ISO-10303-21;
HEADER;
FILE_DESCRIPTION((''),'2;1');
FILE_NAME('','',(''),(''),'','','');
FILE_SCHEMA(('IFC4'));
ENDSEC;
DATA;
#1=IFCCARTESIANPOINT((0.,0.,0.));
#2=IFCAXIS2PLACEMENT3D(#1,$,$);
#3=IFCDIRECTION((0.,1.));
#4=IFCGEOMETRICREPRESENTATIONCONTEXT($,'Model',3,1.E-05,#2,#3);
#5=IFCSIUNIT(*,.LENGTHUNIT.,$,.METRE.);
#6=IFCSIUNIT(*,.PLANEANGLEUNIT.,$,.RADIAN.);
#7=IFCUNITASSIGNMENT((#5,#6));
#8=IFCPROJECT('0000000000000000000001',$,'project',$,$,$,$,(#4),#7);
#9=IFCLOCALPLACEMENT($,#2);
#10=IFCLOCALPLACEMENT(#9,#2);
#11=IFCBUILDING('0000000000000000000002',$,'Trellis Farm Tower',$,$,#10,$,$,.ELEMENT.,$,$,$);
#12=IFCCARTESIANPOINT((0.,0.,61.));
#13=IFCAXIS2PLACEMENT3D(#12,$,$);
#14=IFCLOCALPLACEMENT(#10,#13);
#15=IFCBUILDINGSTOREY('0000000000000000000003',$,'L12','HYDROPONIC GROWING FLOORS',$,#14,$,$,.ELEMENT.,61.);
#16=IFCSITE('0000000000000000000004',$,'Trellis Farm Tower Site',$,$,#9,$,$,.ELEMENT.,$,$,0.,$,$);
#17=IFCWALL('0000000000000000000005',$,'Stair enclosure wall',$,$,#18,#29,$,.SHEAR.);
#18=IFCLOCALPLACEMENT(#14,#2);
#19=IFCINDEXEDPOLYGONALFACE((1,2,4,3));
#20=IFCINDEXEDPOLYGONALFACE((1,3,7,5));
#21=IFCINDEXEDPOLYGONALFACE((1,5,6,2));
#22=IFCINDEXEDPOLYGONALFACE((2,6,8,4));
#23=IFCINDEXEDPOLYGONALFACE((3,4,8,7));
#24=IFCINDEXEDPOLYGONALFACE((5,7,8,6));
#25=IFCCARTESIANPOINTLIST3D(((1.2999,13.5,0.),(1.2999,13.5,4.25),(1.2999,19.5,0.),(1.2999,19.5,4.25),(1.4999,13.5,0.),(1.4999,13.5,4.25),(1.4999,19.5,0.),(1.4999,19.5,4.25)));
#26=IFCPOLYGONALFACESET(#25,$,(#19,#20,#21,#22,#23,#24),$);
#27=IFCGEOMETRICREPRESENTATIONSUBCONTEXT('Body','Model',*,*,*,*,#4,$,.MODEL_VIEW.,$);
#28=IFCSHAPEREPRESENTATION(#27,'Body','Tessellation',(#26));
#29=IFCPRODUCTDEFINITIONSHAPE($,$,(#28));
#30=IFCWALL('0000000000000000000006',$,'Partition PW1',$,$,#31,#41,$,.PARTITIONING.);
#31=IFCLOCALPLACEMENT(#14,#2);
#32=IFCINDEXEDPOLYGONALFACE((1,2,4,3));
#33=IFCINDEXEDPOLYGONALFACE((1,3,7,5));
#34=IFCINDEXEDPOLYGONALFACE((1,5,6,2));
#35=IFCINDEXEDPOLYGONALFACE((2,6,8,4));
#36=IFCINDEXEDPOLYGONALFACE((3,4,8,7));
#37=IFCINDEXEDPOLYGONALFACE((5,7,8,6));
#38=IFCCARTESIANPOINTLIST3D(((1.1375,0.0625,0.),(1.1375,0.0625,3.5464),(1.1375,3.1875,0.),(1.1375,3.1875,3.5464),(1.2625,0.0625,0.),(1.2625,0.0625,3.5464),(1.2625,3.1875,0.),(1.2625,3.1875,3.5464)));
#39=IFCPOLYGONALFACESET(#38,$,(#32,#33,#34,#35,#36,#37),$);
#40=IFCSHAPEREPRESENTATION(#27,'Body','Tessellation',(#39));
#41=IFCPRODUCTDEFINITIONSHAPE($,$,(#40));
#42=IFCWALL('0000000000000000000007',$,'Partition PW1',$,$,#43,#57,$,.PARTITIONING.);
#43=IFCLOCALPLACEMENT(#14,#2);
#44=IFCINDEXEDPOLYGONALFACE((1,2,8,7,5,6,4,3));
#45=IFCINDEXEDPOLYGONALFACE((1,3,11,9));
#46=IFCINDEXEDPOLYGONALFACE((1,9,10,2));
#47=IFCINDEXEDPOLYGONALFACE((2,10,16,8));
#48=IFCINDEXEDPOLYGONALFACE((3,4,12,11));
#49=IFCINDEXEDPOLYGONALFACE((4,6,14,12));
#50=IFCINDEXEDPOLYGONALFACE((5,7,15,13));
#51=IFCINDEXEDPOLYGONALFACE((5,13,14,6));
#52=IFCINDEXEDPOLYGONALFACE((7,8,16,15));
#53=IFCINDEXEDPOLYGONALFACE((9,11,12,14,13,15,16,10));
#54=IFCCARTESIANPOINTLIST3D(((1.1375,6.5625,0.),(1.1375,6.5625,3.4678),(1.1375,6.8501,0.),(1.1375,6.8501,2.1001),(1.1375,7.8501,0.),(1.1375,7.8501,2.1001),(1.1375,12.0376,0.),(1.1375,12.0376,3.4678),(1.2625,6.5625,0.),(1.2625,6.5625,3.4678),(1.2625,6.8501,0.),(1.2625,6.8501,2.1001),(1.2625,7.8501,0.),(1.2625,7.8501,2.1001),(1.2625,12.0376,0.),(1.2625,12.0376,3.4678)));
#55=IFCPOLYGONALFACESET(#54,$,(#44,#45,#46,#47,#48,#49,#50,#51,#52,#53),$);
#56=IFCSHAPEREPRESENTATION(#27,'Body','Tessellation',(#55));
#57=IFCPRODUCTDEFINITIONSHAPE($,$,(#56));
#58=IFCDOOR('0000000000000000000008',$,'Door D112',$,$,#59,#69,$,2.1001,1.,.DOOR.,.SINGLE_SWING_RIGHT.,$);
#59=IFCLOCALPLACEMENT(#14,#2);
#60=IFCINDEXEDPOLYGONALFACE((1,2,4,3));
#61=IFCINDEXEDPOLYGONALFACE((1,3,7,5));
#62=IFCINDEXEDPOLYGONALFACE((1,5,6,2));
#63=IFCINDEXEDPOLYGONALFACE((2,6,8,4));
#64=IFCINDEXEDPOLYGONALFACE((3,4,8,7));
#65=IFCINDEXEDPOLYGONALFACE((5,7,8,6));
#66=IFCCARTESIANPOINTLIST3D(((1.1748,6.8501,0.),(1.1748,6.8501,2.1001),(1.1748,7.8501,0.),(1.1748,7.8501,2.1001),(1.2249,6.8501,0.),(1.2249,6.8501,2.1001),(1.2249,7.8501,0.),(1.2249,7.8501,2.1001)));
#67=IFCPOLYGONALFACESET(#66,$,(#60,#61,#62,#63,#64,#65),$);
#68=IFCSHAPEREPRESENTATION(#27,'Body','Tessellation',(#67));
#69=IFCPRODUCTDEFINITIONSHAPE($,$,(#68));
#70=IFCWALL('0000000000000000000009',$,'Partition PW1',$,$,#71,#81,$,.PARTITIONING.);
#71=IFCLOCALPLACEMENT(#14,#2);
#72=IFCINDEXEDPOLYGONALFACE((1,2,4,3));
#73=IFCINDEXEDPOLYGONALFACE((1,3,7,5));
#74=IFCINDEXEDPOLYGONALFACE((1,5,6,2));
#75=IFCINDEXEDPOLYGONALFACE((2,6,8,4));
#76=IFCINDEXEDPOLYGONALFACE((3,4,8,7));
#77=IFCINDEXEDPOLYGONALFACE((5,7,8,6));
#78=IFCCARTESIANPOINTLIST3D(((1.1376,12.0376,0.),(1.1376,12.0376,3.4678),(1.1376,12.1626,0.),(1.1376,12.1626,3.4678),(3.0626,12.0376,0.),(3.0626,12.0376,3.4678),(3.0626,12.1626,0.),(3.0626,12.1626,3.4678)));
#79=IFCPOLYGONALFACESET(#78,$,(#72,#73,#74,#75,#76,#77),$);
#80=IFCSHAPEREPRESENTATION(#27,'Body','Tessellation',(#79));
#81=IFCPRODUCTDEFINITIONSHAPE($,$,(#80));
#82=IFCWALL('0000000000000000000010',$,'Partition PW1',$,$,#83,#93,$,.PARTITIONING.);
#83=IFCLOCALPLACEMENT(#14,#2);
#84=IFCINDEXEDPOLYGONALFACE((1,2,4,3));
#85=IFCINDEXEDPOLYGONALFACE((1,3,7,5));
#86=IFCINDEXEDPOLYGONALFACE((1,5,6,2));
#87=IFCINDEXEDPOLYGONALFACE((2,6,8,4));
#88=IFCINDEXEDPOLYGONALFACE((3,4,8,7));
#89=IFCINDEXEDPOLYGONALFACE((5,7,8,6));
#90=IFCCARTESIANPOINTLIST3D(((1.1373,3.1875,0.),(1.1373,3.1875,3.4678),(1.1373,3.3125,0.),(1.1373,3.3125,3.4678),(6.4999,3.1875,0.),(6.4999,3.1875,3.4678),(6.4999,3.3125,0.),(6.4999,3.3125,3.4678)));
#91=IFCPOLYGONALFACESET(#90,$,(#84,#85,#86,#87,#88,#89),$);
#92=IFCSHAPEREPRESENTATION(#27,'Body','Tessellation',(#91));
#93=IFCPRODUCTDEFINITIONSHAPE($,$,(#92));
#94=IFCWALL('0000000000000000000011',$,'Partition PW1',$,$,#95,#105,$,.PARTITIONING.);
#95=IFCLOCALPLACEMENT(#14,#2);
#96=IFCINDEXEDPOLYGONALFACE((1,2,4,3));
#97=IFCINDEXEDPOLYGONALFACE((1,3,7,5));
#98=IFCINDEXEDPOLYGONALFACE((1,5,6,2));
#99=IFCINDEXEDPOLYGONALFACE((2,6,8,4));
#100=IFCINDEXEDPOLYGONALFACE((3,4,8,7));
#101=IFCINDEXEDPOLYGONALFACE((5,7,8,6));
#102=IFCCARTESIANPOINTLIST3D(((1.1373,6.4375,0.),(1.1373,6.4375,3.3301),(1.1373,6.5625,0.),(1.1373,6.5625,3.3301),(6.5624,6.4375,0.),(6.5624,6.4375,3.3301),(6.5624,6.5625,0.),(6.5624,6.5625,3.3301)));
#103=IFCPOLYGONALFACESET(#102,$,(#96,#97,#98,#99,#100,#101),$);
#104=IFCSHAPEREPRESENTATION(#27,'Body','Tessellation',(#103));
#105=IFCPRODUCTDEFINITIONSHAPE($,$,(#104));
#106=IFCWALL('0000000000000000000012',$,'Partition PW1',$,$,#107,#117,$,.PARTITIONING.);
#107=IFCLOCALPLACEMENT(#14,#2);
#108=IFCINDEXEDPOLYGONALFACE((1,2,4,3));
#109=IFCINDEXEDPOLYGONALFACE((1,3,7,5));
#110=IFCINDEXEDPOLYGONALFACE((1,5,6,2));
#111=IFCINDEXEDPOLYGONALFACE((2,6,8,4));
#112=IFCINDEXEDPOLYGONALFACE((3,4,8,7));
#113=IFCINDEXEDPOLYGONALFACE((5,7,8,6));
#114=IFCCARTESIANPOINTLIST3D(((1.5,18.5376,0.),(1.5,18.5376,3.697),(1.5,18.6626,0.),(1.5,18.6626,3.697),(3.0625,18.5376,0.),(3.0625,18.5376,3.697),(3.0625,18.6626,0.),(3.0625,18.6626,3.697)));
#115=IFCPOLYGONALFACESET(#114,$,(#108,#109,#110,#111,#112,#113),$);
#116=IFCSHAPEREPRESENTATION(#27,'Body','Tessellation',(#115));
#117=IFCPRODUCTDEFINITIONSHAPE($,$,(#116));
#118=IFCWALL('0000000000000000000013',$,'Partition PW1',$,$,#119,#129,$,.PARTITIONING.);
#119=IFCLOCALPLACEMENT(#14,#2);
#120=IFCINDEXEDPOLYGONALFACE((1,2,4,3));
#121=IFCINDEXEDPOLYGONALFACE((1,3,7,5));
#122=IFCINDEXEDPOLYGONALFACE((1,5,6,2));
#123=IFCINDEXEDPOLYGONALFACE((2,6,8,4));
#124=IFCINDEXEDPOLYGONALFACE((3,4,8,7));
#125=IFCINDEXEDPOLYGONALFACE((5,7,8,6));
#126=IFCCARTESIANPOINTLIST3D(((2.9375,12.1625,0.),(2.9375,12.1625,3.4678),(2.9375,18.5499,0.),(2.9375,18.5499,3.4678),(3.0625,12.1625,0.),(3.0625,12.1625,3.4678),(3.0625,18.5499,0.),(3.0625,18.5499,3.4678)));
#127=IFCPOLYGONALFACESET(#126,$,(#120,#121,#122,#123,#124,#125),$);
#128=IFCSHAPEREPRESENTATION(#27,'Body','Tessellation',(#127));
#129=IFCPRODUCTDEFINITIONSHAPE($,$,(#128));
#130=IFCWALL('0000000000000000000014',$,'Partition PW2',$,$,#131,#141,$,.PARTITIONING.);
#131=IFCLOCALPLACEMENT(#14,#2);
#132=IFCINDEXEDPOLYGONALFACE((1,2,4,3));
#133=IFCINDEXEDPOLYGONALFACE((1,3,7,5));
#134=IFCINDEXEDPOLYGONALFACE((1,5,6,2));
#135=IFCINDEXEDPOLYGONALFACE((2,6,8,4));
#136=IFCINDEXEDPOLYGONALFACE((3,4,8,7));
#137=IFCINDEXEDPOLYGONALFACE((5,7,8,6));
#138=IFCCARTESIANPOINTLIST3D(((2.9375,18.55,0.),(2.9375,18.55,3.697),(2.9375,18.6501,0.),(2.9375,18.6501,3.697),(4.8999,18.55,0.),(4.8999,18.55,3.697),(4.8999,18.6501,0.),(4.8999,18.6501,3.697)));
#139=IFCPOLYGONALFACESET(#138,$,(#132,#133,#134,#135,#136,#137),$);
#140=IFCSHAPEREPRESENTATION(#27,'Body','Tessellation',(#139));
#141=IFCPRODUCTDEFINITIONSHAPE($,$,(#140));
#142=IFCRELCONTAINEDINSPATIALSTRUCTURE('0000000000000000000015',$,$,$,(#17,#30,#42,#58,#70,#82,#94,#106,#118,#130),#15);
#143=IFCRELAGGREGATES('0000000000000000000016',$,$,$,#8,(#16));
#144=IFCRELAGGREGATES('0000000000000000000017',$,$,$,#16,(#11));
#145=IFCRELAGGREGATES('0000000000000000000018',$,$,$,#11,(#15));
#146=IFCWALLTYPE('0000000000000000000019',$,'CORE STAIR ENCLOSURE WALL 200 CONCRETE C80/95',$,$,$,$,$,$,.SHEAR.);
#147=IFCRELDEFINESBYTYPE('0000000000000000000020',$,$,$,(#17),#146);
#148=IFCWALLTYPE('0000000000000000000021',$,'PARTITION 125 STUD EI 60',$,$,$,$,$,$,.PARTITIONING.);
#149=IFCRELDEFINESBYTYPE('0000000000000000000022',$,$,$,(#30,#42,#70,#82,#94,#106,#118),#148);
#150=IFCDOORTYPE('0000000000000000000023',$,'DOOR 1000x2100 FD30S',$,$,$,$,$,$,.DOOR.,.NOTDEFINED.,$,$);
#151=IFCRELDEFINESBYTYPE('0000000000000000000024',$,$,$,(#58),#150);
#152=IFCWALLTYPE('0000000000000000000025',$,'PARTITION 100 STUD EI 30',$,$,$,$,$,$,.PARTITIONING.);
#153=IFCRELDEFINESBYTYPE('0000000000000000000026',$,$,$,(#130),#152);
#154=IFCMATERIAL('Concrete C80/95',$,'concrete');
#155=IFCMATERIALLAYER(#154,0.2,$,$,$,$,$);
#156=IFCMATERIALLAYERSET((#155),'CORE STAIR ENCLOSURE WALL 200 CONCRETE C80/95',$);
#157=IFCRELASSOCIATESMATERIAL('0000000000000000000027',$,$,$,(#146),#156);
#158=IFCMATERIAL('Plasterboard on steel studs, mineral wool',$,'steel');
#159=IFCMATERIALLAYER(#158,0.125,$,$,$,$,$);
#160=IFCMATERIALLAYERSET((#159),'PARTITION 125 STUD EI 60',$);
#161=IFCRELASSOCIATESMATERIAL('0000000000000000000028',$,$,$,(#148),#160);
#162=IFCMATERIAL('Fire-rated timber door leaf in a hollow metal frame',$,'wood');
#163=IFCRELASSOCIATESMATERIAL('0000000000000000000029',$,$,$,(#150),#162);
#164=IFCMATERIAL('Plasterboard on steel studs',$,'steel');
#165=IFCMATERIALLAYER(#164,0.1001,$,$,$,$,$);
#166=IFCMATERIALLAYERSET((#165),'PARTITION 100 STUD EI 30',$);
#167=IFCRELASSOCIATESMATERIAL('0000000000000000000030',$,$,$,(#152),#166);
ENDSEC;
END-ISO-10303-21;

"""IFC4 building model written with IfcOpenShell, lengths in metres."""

from ifc_helpers import new_model, si_unit, direction, frame, frame_2d, origin, place, context, subcontext, project, spatial, rectangle, extrude, source, transform, mapped, material, layer, layer_set, type_object, element, fill, save


model = new_model("IFC4")

# Units and contexts
model_context = context("Model", 3, precision=1e-05, world=origin(), true_north=direction((0.0, 1.0)))
body_context = subcontext(model_context, "Body", "Model", "MODEL_VIEW")
ifc_project = project(units=[si_unit("LENGTHUNIT", "METRE"), si_unit("PLANEANGLEUNIT", "RADIAN")], contexts=[model_context])

# Site, building, storey
site_placement = place(None, origin())
site = spatial("IfcSite", under=ifc_project, at=site_placement, Name="Trellis Farm Tower Site", CompositionType="ELEMENT", RefElevation=0.0)
building_placement = place(site_placement, origin())
building = spatial("IfcBuilding", under=site, at=building_placement, Name="Trellis Farm Tower", CompositionType="ELEMENT")
storey_placement = place(building_placement, frame((0.0, 0.0, 61.0)))
storey = spatial("IfcBuildingStorey", under=building, at=storey_placement, Name="L12", Description="HYDROPONIC GROWING FLOORS", CompositionType="ELEMENT", Elevation=61.0)

# Wall
ifc_material_1 = material(Name="Concrete C80/95", Category="concrete")
ifc_layer_1 = layer(ifc_material_1, 0.2)
ifc_layer_set_1 = layer_set([ifc_layer_1], Name="CORE STAIR ENCLOSURE WALL 200 CONCRETE C80/95")
wall_type_1 = type_object("IfcWallType", Name="CORE STAIR ENCLOSURE WALL 200 CONCRETE C80/95", PredefinedType="SHEAR", material=ifc_layer_set_1)
shared_shape_1 = source(origin(), body_context, "Body", "SweptSolid", [
    extrude(rectangle(XDim=6.0, YDim=0.2, at=frame_2d((3.0, 0.0))), origin(), (0.0, 0.0, 1.0), 4.25),
])
wall_1_placement = place(storey_placement, frame((1.3999, 13.5, 0.0), z_axis=(0.0, 0.0, 1.0), x_axis=(0.0, 1.0, 0.0)))
element("IfcWall", 1, at=wall_1_placement, inside=storey, type_object=wall_type_1, Name="Stair enclosure wall", PredefinedType="SHEAR", context=body_context, shape_type="MappedRepresentation", body=[
    mapped(shared_shape_1, transform((0.0, 0.0, 0.0))),
])

# Wall
ifc_material_2 = material(Name="Plasterboard on steel studs, mineral wool", Category="steel")
ifc_layer_2 = layer(ifc_material_2, 0.125)
ifc_layer_set_2 = layer_set([ifc_layer_2], Name="PARTITION 125 STUD EI 60")
wall_type_2 = type_object("IfcWallType", Name="PARTITION 125 STUD EI 60", PredefinedType="PARTITIONING", material=ifc_layer_set_2)
shared_shape_2 = source(origin(), body_context, "Body", "SweptSolid", [
    extrude(rectangle(XDim=3.125, YDim=0.125, at=frame_2d((1.5625, 0.0))), origin(), (0.0, 0.0, 1.0), 3.5464),
])
wall_2_placement = place(storey_placement, frame((1.2, 3.1875, 0.0), z_axis=(0.0, 0.0, 1.0), x_axis=(0.0, -1.0, 0.0)))
element("IfcWall", 2, at=wall_2_placement, inside=storey, type_object=wall_type_2, Name="Partition PW1", PredefinedType="PARTITIONING", context=body_context, shape_type="MappedRepresentation", body=[
    mapped(shared_shape_2, transform((0.0, 0.0, 0.0))),
])

# Wall, opening, door
shared_shape_3 = source(origin(), body_context, "Body", "SweptSolid", [
    extrude(rectangle(XDim=5.4751, YDim=0.125, at=frame_2d((2.7375, 0.0))), origin(), (0.0, 0.0, 1.0), 3.4678),
])
wall_3_placement = place(storey_placement, frame((1.2, 12.0376, 0.0), z_axis=(0.0, 0.0, 1.0), x_axis=(0.0, -1.0, 0.0)))
wall_3 = element("IfcWall", 3, at=wall_3_placement, inside=storey, type_object=wall_type_2, Name="Partition PW1", PredefinedType="PARTITIONING", context=body_context, shape_type="MappedRepresentation", body=[
    mapped(shared_shape_3, transform((0.0, 0.0, 0.0))),
])
shared_shape_4 = source(origin(), body_context, "Body", "SweptSolid", [
    extrude(rectangle(XDim=1.0, YDim=2.1001, at=frame_2d((0.5, 1.05))), frame((0.0, 0.0725, 0.0), z_axis=(0.0, -1.0, 0.0), x_axis=(1.0, 0.0, 0.0)), (0.0, 0.0, 1.0), 0.145),
])
opening_1_placement = place(wall_3_placement, frame((4.1875, 0.0, 0.0)))
opening_1 = element("IfcOpeningElement", 4, at=opening_1_placement, cuts=wall_3, PredefinedType="OPENING", context=body_context, shape_type="MappedRepresentation", body=[
    mapped(shared_shape_4, transform((0.0, 0.0, 0.0))),
])
ifc_material_3 = material(Name="Fire-rated timber door leaf in a hollow metal frame", Category="wood")
door_type_1 = type_object("IfcDoorType", Name="DOOR 1000x2100 FD30S", OperationType="NOTDEFINED", PredefinedType="DOOR", material=ifc_material_3)
shared_shape_5 = source(origin(), body_context, "Body", "SweptSolid", [
    extrude(rectangle(XDim=1.0, YDim=2.1001, at=frame_2d((0.5, 1.05))), frame((0.0, 0.0249, 0.0), z_axis=(0.0, -1.0, 0.0), x_axis=(1.0, 0.0, 0.0)), (0.0, 0.0, 1.0), 0.05),
])
door_1_placement = place(opening_1_placement, origin())
door_1 = element("IfcDoor", 5, at=door_1_placement, inside=storey, type_object=door_type_1, Name="Door D112", OperationType="SINGLE_SWING_RIGHT", OverallHeight=2.1001, OverallWidth=1.0, PredefinedType="DOOR", context=body_context, shape_type="MappedRepresentation", body=[
    mapped(shared_shape_5, transform((0.0, 0.0, 0.0))),
])
fill(opening_1, door_1)

# Walls
shared_shape_6 = source(origin(), body_context, "Body", "SweptSolid", [
    extrude(rectangle(XDim=1.925, YDim=0.125, at=frame_2d((0.9624, 0.0))), origin(), (0.0, 0.0, 1.0), 3.4678),
])
wall_4_placement = place(storey_placement, frame((3.0625, 12.1001, 0.0), z_axis=(0.0, 0.0, 1.0), x_axis=(-1.0, 0.0, 0.0)))
element("IfcWall", 6, at=wall_4_placement, inside=storey, type_object=wall_type_2, Name="Partition PW1", PredefinedType="PARTITIONING", context=body_context, shape_type="MappedRepresentation", body=[
    mapped(shared_shape_6, transform((0.0, 0.0, 0.0))),
])
shared_shape_7 = source(origin(), body_context, "Body", "SweptSolid", [
    extrude(rectangle(XDim=5.3625, YDim=0.125, at=frame_2d((2.6812, 0.0))), origin(), (0.0, 0.0, 1.0), 3.4678),
])
wall_5_placement = place(storey_placement, frame((1.1375, 3.25, 0.0), z_axis=(0.0, 0.0, 1.0), x_axis=(1.0, 0.0, 0.0)))
element("IfcWall", 7, at=wall_5_placement, inside=storey, type_object=wall_type_2, Name="Partition PW1", PredefinedType="PARTITIONING", context=body_context, shape_type="MappedRepresentation", body=[
    mapped(shared_shape_7, transform((0.0, 0.0, 0.0))),
])
shared_shape_8 = source(origin(), body_context, "Body", "SweptSolid", [
    extrude(rectangle(XDim=5.425, YDim=0.125, at=frame_2d((2.7124, 0.0))), origin(), (0.0, 0.0, 1.0), 3.3301),
])
wall_6_placement = place(storey_placement, frame((1.1375, 6.5, 0.0), z_axis=(0.0, 0.0, 1.0), x_axis=(1.0, 0.0, 0.0)))
element("IfcWall", 8, at=wall_6_placement, inside=storey, type_object=wall_type_2, Name="Partition PW1", PredefinedType="PARTITIONING", context=body_context, shape_type="MappedRepresentation", body=[
    mapped(shared_shape_8, transform((0.0, 0.0, 0.0))),
])
shared_shape_9 = source(origin(), body_context, "Body", "SweptSolid", [
    extrude(rectangle(XDim=1.5625, YDim=0.125, at=frame_2d((0.7812, 0.0))), origin(), (0.0, 0.0, 1.0), 3.697),
])
wall_7_placement = place(storey_placement, frame((1.5, 18.6001, 0.0), z_axis=(0.0, 0.0, 1.0), x_axis=(1.0, 0.0, 0.0)))
element("IfcWall", 9, at=wall_7_placement, inside=storey, type_object=wall_type_2, Name="Partition PW1", PredefinedType="PARTITIONING", context=body_context, shape_type="MappedRepresentation", body=[
    mapped(shared_shape_9, transform((0.0, 0.0, 0.0))),
])
shared_shape_10 = source(origin(), body_context, "Body", "SweptSolid", [
    extrude(rectangle(XDim=6.3875, YDim=0.125, at=frame_2d((3.1938, 0.0))), origin(), (0.0, 0.0, 1.0), 3.4678),
])
wall_8_placement = place(storey_placement, frame((3.0, 18.55, 0.0), z_axis=(0.0, 0.0, 1.0), x_axis=(0.0, -1.0, 0.0)))
element("IfcWall", 10, at=wall_8_placement, inside=storey, type_object=wall_type_2, Name="Partition PW1", PredefinedType="PARTITIONING", context=body_context, shape_type="MappedRepresentation", body=[
    mapped(shared_shape_10, transform((0.0, 0.0, 0.0))),
])
ifc_material_4 = material(Name="Plasterboard on steel studs", Category="steel")
ifc_layer_3 = layer(ifc_material_4, 0.1001)
ifc_layer_set_3 = layer_set([ifc_layer_3], Name="PARTITION 100 STUD EI 30")
wall_type_3 = type_object("IfcWallType", Name="PARTITION 100 STUD EI 30", PredefinedType="PARTITIONING", material=ifc_layer_set_3)
shared_shape_11 = source(origin(), body_context, "Body", "SweptSolid", [
    extrude(rectangle(XDim=1.9624, YDim=0.1001, at=frame_2d((0.9812, 0.0))), origin(), (0.0, 0.0, 1.0), 3.697),
])
wall_9_placement = place(storey_placement, frame((2.9375, 18.6001, 0.0), z_axis=(0.0, 0.0, 1.0), x_axis=(1.0, 0.0, 0.0)))
element("IfcWall", 11, at=wall_9_placement, inside=storey, type_object=wall_type_3, Name="Partition PW2", PredefinedType="PARTITIONING", context=body_context, shape_type="MappedRepresentation", body=[
    mapped(shared_shape_11, transform((0.0, 0.0, 0.0))),
])

save(model, "model.ifc")
